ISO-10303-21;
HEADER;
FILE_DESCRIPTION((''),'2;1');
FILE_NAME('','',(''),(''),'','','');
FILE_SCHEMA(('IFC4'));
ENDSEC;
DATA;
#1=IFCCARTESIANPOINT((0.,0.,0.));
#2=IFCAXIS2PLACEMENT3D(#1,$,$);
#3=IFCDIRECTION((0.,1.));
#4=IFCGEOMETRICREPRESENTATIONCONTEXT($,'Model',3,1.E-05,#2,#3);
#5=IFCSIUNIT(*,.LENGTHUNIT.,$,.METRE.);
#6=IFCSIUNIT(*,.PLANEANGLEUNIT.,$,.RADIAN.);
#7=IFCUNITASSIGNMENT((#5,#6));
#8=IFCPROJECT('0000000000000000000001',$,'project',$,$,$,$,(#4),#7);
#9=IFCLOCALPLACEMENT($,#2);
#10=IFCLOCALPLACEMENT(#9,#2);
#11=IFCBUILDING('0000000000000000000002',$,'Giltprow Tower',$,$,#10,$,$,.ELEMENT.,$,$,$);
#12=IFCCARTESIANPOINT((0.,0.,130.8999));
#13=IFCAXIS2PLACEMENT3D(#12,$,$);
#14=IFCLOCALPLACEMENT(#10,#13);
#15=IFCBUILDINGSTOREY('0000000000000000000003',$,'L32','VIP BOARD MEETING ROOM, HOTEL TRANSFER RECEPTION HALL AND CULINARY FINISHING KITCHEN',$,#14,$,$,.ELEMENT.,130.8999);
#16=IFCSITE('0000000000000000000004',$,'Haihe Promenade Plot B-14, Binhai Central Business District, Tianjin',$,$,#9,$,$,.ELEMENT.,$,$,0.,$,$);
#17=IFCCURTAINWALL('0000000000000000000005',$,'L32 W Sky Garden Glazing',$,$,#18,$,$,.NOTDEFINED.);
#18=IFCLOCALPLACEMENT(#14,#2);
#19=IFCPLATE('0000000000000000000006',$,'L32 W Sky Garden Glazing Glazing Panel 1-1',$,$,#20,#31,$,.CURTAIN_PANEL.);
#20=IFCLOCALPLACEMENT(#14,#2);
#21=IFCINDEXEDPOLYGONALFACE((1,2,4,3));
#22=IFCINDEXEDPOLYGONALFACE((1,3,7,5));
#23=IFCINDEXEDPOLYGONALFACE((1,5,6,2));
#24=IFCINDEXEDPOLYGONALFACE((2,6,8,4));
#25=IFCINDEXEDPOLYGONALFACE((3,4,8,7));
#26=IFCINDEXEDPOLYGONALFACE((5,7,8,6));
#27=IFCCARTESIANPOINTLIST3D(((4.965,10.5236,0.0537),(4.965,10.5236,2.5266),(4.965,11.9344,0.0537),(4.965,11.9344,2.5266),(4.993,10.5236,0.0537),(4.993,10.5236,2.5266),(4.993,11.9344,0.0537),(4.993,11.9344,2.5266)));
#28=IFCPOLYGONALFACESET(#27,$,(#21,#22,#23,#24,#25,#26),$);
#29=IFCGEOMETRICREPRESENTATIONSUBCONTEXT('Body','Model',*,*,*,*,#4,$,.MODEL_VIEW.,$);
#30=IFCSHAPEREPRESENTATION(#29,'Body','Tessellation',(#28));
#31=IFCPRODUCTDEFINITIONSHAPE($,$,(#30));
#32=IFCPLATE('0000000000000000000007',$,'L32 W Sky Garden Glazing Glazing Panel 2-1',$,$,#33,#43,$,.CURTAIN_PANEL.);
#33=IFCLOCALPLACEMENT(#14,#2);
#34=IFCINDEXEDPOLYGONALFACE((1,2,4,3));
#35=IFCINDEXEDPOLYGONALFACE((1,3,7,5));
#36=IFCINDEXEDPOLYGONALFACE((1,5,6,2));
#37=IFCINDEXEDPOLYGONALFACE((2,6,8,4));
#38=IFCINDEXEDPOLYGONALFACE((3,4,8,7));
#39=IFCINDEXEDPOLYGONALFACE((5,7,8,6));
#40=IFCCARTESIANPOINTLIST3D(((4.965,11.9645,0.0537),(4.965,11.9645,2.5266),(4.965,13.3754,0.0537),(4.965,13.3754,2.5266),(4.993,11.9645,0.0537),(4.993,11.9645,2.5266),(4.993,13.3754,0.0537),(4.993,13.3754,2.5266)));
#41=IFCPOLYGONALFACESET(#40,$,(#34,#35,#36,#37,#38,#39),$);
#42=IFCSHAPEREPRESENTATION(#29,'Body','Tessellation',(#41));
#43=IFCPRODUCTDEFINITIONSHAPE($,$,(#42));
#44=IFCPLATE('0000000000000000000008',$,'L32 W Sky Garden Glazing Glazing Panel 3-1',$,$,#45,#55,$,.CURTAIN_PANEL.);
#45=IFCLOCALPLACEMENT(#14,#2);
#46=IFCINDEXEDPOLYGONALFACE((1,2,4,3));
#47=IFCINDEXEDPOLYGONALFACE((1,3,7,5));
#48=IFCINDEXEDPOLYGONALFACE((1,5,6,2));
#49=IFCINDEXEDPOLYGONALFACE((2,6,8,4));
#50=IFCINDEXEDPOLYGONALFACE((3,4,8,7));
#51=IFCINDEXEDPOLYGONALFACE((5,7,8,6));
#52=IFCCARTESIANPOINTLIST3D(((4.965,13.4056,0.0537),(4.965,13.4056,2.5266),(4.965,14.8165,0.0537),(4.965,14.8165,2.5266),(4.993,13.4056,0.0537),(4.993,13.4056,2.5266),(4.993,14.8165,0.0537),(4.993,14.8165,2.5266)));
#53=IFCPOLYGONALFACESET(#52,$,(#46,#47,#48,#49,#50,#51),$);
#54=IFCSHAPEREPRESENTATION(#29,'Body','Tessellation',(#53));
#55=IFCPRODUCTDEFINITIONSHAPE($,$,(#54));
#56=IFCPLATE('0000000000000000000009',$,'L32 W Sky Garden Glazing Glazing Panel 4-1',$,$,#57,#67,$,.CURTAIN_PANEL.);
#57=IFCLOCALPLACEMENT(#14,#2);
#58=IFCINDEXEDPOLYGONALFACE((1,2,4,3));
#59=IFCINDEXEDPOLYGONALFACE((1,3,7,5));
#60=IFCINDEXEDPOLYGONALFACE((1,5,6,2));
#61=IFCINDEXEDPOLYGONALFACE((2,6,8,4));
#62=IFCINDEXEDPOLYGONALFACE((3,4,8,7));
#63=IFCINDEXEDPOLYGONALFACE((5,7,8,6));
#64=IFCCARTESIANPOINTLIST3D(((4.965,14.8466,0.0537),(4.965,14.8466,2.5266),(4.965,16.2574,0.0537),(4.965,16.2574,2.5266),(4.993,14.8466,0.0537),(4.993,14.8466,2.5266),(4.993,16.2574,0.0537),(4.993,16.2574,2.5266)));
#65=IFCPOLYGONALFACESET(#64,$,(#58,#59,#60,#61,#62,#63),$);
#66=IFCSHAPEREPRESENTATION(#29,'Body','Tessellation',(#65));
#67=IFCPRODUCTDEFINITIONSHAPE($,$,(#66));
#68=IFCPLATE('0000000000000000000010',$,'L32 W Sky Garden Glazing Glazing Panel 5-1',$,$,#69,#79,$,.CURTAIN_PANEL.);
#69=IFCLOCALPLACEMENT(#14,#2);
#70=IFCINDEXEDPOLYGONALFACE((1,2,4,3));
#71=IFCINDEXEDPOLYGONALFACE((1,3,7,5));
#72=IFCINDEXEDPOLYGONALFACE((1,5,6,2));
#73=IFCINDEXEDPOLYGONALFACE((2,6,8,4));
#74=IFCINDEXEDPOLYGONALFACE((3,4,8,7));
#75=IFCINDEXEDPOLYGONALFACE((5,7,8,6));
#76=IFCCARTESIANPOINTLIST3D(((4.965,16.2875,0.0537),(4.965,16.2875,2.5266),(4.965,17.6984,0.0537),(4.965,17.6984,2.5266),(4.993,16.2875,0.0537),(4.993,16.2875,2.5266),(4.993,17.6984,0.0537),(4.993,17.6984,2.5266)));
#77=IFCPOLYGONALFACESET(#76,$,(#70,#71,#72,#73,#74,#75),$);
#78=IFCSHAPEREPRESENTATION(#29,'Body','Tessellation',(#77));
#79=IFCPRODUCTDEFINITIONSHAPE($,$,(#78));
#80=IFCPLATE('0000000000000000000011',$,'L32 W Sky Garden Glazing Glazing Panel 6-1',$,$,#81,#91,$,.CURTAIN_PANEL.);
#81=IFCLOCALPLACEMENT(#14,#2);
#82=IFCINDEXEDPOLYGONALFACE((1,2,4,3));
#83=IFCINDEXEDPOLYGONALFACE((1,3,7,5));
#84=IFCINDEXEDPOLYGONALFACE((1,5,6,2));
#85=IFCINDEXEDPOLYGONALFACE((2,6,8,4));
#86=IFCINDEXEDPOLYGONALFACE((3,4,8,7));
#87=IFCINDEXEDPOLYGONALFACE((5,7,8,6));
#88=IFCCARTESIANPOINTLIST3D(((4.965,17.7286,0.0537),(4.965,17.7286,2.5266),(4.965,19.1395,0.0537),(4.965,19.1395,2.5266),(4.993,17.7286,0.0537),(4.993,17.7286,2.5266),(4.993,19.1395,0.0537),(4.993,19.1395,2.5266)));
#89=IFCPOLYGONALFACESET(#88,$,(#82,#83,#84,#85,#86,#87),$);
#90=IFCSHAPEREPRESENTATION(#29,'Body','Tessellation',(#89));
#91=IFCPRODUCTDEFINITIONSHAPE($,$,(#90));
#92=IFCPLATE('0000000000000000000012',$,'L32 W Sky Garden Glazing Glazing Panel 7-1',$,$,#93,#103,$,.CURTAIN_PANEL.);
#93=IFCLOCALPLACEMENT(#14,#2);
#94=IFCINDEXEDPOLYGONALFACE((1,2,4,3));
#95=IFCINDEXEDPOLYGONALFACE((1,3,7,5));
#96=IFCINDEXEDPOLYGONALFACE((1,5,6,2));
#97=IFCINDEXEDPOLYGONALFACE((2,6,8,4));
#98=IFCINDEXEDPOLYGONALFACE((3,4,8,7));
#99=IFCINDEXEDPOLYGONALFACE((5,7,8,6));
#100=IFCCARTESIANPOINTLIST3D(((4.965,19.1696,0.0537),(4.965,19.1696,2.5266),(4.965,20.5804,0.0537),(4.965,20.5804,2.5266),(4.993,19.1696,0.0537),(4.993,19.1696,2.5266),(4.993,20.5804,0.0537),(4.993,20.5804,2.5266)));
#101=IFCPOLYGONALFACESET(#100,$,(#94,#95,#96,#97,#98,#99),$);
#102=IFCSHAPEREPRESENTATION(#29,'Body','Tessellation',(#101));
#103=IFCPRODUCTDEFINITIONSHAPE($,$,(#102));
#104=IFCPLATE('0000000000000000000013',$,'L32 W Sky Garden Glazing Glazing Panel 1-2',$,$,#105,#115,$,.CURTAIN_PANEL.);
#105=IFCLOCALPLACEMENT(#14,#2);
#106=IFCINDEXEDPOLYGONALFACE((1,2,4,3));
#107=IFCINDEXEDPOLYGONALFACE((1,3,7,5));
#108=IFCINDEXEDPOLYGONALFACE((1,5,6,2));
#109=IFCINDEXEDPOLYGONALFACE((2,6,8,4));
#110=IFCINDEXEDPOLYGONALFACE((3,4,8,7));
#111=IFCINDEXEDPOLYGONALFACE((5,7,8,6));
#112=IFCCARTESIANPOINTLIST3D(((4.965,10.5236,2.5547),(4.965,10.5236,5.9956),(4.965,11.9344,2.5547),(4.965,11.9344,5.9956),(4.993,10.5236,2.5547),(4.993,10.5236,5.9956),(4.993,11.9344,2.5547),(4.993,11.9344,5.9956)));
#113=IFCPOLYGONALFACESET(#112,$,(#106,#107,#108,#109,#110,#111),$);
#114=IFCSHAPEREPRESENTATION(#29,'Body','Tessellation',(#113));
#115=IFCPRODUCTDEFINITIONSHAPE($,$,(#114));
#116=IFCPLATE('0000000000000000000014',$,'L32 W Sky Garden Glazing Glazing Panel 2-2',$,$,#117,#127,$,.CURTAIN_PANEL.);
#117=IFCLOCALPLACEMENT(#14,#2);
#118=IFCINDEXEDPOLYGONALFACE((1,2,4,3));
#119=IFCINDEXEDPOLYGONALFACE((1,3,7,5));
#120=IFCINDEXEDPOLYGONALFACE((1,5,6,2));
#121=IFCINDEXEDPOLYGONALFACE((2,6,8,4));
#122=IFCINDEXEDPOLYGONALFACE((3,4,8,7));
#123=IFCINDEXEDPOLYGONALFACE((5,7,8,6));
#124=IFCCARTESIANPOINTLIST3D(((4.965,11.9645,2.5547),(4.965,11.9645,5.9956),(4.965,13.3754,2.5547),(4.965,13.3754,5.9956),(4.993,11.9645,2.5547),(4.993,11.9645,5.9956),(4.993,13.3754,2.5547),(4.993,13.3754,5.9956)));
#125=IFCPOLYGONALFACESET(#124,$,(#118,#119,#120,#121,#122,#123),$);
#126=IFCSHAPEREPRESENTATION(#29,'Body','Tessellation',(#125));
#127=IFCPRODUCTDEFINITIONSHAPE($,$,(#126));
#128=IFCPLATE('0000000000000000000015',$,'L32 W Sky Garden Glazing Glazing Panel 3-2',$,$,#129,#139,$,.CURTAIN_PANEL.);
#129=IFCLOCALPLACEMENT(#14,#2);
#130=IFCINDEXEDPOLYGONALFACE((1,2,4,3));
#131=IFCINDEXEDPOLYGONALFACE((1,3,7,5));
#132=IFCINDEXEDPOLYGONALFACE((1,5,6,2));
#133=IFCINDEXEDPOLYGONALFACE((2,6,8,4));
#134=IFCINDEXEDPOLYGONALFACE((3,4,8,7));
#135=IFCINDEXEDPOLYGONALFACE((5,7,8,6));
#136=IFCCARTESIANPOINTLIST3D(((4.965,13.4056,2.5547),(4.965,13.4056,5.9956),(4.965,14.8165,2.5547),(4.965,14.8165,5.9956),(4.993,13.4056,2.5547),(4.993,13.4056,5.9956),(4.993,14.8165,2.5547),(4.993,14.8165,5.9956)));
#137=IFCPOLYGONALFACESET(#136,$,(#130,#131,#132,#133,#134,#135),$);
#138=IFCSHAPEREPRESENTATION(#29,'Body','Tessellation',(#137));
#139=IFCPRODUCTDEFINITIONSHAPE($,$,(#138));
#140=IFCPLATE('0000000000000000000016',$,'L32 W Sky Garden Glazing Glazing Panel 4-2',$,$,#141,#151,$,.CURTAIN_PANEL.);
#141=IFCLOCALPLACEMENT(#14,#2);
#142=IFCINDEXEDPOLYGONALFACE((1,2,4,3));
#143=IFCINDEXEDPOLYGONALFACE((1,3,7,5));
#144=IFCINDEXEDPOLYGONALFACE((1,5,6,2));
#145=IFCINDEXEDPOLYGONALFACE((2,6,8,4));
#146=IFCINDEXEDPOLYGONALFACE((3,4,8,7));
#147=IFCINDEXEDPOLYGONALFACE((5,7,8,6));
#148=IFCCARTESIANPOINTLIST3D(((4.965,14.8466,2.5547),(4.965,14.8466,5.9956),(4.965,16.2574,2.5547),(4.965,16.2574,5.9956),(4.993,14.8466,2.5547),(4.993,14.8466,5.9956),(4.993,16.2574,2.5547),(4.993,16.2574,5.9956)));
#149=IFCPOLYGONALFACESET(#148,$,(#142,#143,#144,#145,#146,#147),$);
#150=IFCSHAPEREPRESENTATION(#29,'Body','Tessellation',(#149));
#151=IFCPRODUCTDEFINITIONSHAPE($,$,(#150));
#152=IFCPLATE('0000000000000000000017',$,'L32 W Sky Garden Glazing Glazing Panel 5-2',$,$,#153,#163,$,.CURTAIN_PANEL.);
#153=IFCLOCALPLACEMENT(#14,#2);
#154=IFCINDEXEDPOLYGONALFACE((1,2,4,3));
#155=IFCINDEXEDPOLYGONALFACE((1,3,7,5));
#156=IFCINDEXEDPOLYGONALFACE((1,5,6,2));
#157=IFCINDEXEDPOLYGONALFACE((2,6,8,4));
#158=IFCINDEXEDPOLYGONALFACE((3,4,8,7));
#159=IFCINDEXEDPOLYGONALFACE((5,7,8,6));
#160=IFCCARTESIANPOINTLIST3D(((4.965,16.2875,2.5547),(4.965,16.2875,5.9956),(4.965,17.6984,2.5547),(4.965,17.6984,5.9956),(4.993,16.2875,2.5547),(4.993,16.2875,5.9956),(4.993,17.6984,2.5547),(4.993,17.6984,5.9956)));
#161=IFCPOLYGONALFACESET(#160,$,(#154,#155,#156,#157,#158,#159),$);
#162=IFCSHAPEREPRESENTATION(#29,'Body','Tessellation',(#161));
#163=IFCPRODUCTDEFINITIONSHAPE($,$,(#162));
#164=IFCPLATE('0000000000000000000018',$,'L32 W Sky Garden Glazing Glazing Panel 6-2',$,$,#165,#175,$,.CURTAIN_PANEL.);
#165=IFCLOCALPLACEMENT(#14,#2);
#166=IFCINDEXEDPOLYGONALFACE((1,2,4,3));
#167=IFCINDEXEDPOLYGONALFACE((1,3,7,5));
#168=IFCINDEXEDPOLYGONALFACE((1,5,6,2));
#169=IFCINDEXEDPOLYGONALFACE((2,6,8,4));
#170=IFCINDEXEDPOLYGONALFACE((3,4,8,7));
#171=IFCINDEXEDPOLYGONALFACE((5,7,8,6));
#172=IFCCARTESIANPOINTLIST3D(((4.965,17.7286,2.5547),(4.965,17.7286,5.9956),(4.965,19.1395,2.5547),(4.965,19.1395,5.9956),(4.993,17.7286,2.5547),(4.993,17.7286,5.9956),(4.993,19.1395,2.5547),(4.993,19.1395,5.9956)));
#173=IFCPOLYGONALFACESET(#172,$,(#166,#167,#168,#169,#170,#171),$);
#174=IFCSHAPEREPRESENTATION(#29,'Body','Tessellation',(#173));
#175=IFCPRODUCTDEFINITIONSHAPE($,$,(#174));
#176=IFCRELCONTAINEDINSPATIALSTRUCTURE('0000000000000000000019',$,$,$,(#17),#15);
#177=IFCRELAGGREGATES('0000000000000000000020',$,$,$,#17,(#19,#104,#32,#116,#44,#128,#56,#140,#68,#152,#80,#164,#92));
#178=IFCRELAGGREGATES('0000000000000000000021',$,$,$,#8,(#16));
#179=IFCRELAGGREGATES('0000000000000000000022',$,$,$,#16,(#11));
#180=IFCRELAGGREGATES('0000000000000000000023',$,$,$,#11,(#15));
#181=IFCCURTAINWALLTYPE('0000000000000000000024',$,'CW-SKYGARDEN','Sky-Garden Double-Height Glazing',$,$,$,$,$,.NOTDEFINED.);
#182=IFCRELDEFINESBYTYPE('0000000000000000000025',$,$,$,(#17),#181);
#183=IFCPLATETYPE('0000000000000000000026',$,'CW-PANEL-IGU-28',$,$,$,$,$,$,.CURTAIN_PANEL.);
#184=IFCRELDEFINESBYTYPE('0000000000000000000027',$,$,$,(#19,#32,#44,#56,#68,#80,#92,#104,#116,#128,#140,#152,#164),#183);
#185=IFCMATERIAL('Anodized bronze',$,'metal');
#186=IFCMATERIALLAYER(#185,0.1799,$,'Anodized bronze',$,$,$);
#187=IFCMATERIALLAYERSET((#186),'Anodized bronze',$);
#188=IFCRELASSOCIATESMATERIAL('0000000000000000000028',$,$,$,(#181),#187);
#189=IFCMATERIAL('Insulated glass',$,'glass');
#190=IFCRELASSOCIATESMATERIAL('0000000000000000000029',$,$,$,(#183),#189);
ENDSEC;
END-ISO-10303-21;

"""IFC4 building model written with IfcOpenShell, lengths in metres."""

from ifc_helpers import new_model, si_unit, direction, frame, origin, origin_2d, place, context, subcontext, project, spatial, rectangle, extrude, source, transform, mapped, material, layer, layer_set, type_object, element, aggregate, save


model = new_model("IFC4")

# Units and contexts
model_context = context("Model", 3, precision=1e-05, world=origin(), true_north=direction((0.0, 1.0)))
body_context = subcontext(model_context, "Body", "Model", "MODEL_VIEW")
ifc_project = project(units=[si_unit("LENGTHUNIT", "METRE"), si_unit("PLANEANGLEUNIT", "RADIAN")], contexts=[model_context])

# Site, building, storey
site_placement = place(None, origin())
site = spatial("IfcSite", under=ifc_project, at=site_placement, Name="Haihe Promenade Plot B-14, Binhai Central Business District, Tianjin", CompositionType="ELEMENT", RefElevation=0.0)
building_placement = place(site_placement, origin())
building = spatial("IfcBuilding", under=site, at=building_placement, Name="Giltprow Tower", CompositionType="ELEMENT")
storey_placement = place(building_placement, frame((0.0, 0.0, 130.8999)))
storey = spatial("IfcBuildingStorey", under=building, at=storey_placement, Name="L32", Description="VIP BOARD MEETING ROOM, HOTEL TRANSFER RECEPTION HALL AND CULINARY FINISHING KITCHEN", CompositionType="ELEMENT", Elevation=130.8999)

# Curtain wall, plates
ifc_material_1 = material(Name="Anodized bronze", Category="metal")
ifc_layer_1 = layer(ifc_material_1, 0.1799, Name="Anodized bronze")
ifc_layer_set_1 = layer_set([ifc_layer_1], Name="Anodized bronze")
curtain_wall_type = type_object("IfcCurtainWallType", Name="CW-SKYGARDEN", Description="Sky-Garden Double-Height Glazing", PredefinedType="NOTDEFINED", material=ifc_layer_set_1)
curtain_wall_placement = place(storey_placement, origin())
curtain_wall = element("IfcCurtainWall", 1, at=curtain_wall_placement, inside=storey, type_object=curtain_wall_type, Name="L32 W Sky Garden Glazing", PredefinedType="NOTDEFINED")
ifc_material_2 = material(Name="Insulated glass", Category="glass")
plate_type = type_object("IfcPlateType", Name="CW-PANEL-IGU-28", PredefinedType="CURTAIN_PANEL", material=ifc_material_2)
shared_shape_1 = source(origin(), body_context, "Body", "SweptSolid", [
    extrude(rectangle(XDim=1.4109, YDim=0.0281, at=origin_2d()), origin(), (0.0, 0.0, 1.0), 2.4729),
])
plate_1_placement = place(storey_placement, frame((4.979, 11.229, 0.0537), z_axis=(0.0, 0.0, 1.0), x_axis=(0.0, 1.0, 0.0)))
plate_1 = element("IfcPlate", 2, at=plate_1_placement, type_object=plate_type, Name="L32 W Sky Garden Glazing Glazing Panel 1-1", PredefinedType="CURTAIN_PANEL", context=body_context, shape_type="MappedRepresentation", body=[
    mapped(shared_shape_1, transform((0.0, 0.0, 0.0), x_axis=(1.0, 0.0, 0.0), y_axis=(0.0, 1.0, 0.0), z_axis=(0.0, 0.0, 1.0), scale=1.0)),
])
plate_2_placement = place(storey_placement, frame((4.979, 12.6699, 0.0537), z_axis=(0.0, 0.0, 1.0), x_axis=(0.0, 1.0, 0.0)))
plate_2 = element("IfcPlate", 3, at=plate_2_placement, type_object=plate_type, Name="L32 W Sky Garden Glazing Glazing Panel 2-1", PredefinedType="CURTAIN_PANEL", context=body_context, shape_type="MappedRepresentation", body=[
    mapped(shared_shape_1, transform((0.0, 0.0, 0.0), x_axis=(1.0, 0.0, 0.0), y_axis=(0.0, 1.0, 0.0), z_axis=(0.0, 0.0, 1.0), scale=1.0)),
])
plate_3_placement = place(storey_placement, frame((4.979, 14.1111, 0.0537), z_axis=(0.0, 0.0, 1.0), x_axis=(0.0, 1.0, 0.0)))
plate_3 = element("IfcPlate", 4, at=plate_3_placement, type_object=plate_type, Name="L32 W Sky Garden Glazing Glazing Panel 3-1", PredefinedType="CURTAIN_PANEL", context=body_context, shape_type="MappedRepresentation", body=[
    mapped(shared_shape_1, transform((0.0, 0.0, 0.0), x_axis=(1.0, 0.0, 0.0), y_axis=(0.0, 1.0, 0.0), z_axis=(0.0, 0.0, 1.0), scale=1.0)),
])
plate_4_placement = place(storey_placement, frame((4.979, 15.552, 0.0537), z_axis=(0.0, 0.0, 1.0), x_axis=(0.0, 1.0, 0.0)))
plate_4 = element("IfcPlate", 5, at=plate_4_placement, type_object=plate_type, Name="L32 W Sky Garden Glazing Glazing Panel 4-1", PredefinedType="CURTAIN_PANEL", context=body_context, shape_type="MappedRepresentation", body=[
    mapped(shared_shape_1, transform((0.0, 0.0, 0.0), x_axis=(1.0, 0.0, 0.0), y_axis=(0.0, 1.0, 0.0), z_axis=(0.0, 0.0, 1.0), scale=1.0)),
])
plate_5_placement = place(storey_placement, frame((4.979, 16.9929, 0.0537), z_axis=(0.0, 0.0, 1.0), x_axis=(0.0, 1.0, 0.0)))
plate_5 = element("IfcPlate", 6, at=plate_5_placement, type_object=plate_type, Name="L32 W Sky Garden Glazing Glazing Panel 5-1", PredefinedType="CURTAIN_PANEL", context=body_context, shape_type="MappedRepresentation", body=[
    mapped(shared_shape_1, transform((0.0, 0.0, 0.0), x_axis=(1.0, 0.0, 0.0), y_axis=(0.0, 1.0, 0.0), z_axis=(0.0, 0.0, 1.0), scale=1.0)),
])
plate_6_placement = place(storey_placement, frame((4.979, 18.4341, 0.0537), z_axis=(0.0, 0.0, 1.0), x_axis=(0.0, 1.0, 0.0)))
plate_6 = element("IfcPlate", 7, at=plate_6_placement, type_object=plate_type, Name="L32 W Sky Garden Glazing Glazing Panel 6-1", PredefinedType="CURTAIN_PANEL", context=body_context, shape_type="MappedRepresentation", body=[
    mapped(shared_shape_1, transform((0.0, 0.0, 0.0), x_axis=(1.0, 0.0, 0.0), y_axis=(0.0, 1.0, 0.0), z_axis=(0.0, 0.0, 1.0), scale=1.0)),
])
plate_7_placement = place(storey_placement, frame((4.979, 19.875, 0.0537), z_axis=(0.0, 0.0, 1.0), x_axis=(0.0, 1.0, 0.0)))
plate_7 = element("IfcPlate", 8, at=plate_7_placement, type_object=plate_type, Name="L32 W Sky Garden Glazing Glazing Panel 7-1", PredefinedType="CURTAIN_PANEL", context=body_context, shape_type="MappedRepresentation", body=[
    mapped(shared_shape_1, transform((0.0, 0.0, 0.0), x_axis=(1.0, 0.0, 0.0), y_axis=(0.0, 1.0, 0.0), z_axis=(0.0, 0.0, 1.0), scale=1.0)),
])
shared_shape_2 = source(origin(), body_context, "Body", "SweptSolid", [
    extrude(rectangle(XDim=1.4109, YDim=0.0281, at=origin_2d()), origin(), (0.0, 0.0, 1.0), 3.4409),
])
plate_8_placement = place(storey_placement, frame((4.979, 11.229, 2.5547), z_axis=(0.0, 0.0, 1.0), x_axis=(0.0, 1.0, 0.0)))
plate_8 = element("IfcPlate", 9, at=plate_8_placement, type_object=plate_type, Name="L32 W Sky Garden Glazing Glazing Panel 1-2", PredefinedType="CURTAIN_PANEL", context=body_context, shape_type="MappedRepresentation", body=[
    mapped(shared_shape_2, transform((0.0, 0.0, 0.0), x_axis=(1.0, 0.0, 0.0), y_axis=(0.0, 1.0, 0.0), z_axis=(0.0, 0.0, 1.0), scale=1.0)),
])
plate_9_placement = place(storey_placement, frame((4.979, 12.6699, 2.5547), z_axis=(0.0, 0.0, 1.0), x_axis=(0.0, 1.0, 0.0)))
plate_9 = element("IfcPlate", 10, at=plate_9_placement, type_object=plate_type, Name="L32 W Sky Garden Glazing Glazing Panel 2-2", PredefinedType="CURTAIN_PANEL", context=body_context, shape_type="MappedRepresentation", body=[
    mapped(shared_shape_2, transform((0.0, 0.0, 0.0), x_axis=(1.0, 0.0, 0.0), y_axis=(0.0, 1.0, 0.0), z_axis=(0.0, 0.0, 1.0), scale=1.0)),
])
plate_10_placement = place(storey_placement, frame((4.979, 14.1111, 2.5547), z_axis=(0.0, 0.0, 1.0), x_axis=(0.0, 1.0, 0.0)))
plate_10 = element("IfcPlate", 11, at=plate_10_placement, type_object=plate_type, Name="L32 W Sky Garden Glazing Glazing Panel 3-2", PredefinedType="CURTAIN_PANEL", context=body_context, shape_type="MappedRepresentation", body=[
    mapped(shared_shape_2, transform((0.0, 0.0, 0.0), x_axis=(1.0, 0.0, 0.0), y_axis=(0.0, 1.0, 0.0), z_axis=(0.0, 0.0, 1.0), scale=1.0)),
])
plate_11_placement = place(storey_placement, frame((4.979, 15.552, 2.5547), z_axis=(0.0, 0.0, 1.0), x_axis=(0.0, 1.0, 0.0)))
plate_11 = element("IfcPlate", 12, at=plate_11_placement, type_object=plate_type, Name="L32 W Sky Garden Glazing Glazing Panel 4-2", PredefinedType="CURTAIN_PANEL", context=body_context, shape_type="MappedRepresentation", body=[
    mapped(shared_shape_2, transform((0.0, 0.0, 0.0), x_axis=(1.0, 0.0, 0.0), y_axis=(0.0, 1.0, 0.0), z_axis=(0.0, 0.0, 1.0), scale=1.0)),
])
plate_12_placement = place(storey_placement, frame((4.979, 16.9929, 2.5547), z_axis=(0.0, 0.0, 1.0), x_axis=(0.0, 1.0, 0.0)))
plate_12 = element("IfcPlate", 13, at=plate_12_placement, type_object=plate_type, Name="L32 W Sky Garden Glazing Glazing Panel 5-2", PredefinedType="CURTAIN_PANEL", context=body_context, shape_type="MappedRepresentation", body=[
    mapped(shared_shape_2, transform((0.0, 0.0, 0.0), x_axis=(1.0, 0.0, 0.0), y_axis=(0.0, 1.0, 0.0), z_axis=(0.0, 0.0, 1.0), scale=1.0)),
])
plate_13_placement = place(storey_placement, frame((4.979, 18.4341, 2.5547), z_axis=(0.0, 0.0, 1.0), x_axis=(0.0, 1.0, 0.0)))
plate_13 = element("IfcPlate", 14, at=plate_13_placement, type_object=plate_type, Name="L32 W Sky Garden Glazing Glazing Panel 6-2", PredefinedType="CURTAIN_PANEL", context=body_context, shape_type="MappedRepresentation", body=[
    mapped(shared_shape_2, transform((0.0, 0.0, 0.0), x_axis=(1.0, 0.0, 0.0), y_axis=(0.0, 1.0, 0.0), z_axis=(0.0, 0.0, 1.0), scale=1.0)),
])
aggregate(curtain_wall, [plate_1, plate_8, plate_2, plate_9, plate_3, plate_10, plate_4, plate_11, plate_5, plate_12, plate_6, plate_13, plate_7])

save(model, "model.ifc")
